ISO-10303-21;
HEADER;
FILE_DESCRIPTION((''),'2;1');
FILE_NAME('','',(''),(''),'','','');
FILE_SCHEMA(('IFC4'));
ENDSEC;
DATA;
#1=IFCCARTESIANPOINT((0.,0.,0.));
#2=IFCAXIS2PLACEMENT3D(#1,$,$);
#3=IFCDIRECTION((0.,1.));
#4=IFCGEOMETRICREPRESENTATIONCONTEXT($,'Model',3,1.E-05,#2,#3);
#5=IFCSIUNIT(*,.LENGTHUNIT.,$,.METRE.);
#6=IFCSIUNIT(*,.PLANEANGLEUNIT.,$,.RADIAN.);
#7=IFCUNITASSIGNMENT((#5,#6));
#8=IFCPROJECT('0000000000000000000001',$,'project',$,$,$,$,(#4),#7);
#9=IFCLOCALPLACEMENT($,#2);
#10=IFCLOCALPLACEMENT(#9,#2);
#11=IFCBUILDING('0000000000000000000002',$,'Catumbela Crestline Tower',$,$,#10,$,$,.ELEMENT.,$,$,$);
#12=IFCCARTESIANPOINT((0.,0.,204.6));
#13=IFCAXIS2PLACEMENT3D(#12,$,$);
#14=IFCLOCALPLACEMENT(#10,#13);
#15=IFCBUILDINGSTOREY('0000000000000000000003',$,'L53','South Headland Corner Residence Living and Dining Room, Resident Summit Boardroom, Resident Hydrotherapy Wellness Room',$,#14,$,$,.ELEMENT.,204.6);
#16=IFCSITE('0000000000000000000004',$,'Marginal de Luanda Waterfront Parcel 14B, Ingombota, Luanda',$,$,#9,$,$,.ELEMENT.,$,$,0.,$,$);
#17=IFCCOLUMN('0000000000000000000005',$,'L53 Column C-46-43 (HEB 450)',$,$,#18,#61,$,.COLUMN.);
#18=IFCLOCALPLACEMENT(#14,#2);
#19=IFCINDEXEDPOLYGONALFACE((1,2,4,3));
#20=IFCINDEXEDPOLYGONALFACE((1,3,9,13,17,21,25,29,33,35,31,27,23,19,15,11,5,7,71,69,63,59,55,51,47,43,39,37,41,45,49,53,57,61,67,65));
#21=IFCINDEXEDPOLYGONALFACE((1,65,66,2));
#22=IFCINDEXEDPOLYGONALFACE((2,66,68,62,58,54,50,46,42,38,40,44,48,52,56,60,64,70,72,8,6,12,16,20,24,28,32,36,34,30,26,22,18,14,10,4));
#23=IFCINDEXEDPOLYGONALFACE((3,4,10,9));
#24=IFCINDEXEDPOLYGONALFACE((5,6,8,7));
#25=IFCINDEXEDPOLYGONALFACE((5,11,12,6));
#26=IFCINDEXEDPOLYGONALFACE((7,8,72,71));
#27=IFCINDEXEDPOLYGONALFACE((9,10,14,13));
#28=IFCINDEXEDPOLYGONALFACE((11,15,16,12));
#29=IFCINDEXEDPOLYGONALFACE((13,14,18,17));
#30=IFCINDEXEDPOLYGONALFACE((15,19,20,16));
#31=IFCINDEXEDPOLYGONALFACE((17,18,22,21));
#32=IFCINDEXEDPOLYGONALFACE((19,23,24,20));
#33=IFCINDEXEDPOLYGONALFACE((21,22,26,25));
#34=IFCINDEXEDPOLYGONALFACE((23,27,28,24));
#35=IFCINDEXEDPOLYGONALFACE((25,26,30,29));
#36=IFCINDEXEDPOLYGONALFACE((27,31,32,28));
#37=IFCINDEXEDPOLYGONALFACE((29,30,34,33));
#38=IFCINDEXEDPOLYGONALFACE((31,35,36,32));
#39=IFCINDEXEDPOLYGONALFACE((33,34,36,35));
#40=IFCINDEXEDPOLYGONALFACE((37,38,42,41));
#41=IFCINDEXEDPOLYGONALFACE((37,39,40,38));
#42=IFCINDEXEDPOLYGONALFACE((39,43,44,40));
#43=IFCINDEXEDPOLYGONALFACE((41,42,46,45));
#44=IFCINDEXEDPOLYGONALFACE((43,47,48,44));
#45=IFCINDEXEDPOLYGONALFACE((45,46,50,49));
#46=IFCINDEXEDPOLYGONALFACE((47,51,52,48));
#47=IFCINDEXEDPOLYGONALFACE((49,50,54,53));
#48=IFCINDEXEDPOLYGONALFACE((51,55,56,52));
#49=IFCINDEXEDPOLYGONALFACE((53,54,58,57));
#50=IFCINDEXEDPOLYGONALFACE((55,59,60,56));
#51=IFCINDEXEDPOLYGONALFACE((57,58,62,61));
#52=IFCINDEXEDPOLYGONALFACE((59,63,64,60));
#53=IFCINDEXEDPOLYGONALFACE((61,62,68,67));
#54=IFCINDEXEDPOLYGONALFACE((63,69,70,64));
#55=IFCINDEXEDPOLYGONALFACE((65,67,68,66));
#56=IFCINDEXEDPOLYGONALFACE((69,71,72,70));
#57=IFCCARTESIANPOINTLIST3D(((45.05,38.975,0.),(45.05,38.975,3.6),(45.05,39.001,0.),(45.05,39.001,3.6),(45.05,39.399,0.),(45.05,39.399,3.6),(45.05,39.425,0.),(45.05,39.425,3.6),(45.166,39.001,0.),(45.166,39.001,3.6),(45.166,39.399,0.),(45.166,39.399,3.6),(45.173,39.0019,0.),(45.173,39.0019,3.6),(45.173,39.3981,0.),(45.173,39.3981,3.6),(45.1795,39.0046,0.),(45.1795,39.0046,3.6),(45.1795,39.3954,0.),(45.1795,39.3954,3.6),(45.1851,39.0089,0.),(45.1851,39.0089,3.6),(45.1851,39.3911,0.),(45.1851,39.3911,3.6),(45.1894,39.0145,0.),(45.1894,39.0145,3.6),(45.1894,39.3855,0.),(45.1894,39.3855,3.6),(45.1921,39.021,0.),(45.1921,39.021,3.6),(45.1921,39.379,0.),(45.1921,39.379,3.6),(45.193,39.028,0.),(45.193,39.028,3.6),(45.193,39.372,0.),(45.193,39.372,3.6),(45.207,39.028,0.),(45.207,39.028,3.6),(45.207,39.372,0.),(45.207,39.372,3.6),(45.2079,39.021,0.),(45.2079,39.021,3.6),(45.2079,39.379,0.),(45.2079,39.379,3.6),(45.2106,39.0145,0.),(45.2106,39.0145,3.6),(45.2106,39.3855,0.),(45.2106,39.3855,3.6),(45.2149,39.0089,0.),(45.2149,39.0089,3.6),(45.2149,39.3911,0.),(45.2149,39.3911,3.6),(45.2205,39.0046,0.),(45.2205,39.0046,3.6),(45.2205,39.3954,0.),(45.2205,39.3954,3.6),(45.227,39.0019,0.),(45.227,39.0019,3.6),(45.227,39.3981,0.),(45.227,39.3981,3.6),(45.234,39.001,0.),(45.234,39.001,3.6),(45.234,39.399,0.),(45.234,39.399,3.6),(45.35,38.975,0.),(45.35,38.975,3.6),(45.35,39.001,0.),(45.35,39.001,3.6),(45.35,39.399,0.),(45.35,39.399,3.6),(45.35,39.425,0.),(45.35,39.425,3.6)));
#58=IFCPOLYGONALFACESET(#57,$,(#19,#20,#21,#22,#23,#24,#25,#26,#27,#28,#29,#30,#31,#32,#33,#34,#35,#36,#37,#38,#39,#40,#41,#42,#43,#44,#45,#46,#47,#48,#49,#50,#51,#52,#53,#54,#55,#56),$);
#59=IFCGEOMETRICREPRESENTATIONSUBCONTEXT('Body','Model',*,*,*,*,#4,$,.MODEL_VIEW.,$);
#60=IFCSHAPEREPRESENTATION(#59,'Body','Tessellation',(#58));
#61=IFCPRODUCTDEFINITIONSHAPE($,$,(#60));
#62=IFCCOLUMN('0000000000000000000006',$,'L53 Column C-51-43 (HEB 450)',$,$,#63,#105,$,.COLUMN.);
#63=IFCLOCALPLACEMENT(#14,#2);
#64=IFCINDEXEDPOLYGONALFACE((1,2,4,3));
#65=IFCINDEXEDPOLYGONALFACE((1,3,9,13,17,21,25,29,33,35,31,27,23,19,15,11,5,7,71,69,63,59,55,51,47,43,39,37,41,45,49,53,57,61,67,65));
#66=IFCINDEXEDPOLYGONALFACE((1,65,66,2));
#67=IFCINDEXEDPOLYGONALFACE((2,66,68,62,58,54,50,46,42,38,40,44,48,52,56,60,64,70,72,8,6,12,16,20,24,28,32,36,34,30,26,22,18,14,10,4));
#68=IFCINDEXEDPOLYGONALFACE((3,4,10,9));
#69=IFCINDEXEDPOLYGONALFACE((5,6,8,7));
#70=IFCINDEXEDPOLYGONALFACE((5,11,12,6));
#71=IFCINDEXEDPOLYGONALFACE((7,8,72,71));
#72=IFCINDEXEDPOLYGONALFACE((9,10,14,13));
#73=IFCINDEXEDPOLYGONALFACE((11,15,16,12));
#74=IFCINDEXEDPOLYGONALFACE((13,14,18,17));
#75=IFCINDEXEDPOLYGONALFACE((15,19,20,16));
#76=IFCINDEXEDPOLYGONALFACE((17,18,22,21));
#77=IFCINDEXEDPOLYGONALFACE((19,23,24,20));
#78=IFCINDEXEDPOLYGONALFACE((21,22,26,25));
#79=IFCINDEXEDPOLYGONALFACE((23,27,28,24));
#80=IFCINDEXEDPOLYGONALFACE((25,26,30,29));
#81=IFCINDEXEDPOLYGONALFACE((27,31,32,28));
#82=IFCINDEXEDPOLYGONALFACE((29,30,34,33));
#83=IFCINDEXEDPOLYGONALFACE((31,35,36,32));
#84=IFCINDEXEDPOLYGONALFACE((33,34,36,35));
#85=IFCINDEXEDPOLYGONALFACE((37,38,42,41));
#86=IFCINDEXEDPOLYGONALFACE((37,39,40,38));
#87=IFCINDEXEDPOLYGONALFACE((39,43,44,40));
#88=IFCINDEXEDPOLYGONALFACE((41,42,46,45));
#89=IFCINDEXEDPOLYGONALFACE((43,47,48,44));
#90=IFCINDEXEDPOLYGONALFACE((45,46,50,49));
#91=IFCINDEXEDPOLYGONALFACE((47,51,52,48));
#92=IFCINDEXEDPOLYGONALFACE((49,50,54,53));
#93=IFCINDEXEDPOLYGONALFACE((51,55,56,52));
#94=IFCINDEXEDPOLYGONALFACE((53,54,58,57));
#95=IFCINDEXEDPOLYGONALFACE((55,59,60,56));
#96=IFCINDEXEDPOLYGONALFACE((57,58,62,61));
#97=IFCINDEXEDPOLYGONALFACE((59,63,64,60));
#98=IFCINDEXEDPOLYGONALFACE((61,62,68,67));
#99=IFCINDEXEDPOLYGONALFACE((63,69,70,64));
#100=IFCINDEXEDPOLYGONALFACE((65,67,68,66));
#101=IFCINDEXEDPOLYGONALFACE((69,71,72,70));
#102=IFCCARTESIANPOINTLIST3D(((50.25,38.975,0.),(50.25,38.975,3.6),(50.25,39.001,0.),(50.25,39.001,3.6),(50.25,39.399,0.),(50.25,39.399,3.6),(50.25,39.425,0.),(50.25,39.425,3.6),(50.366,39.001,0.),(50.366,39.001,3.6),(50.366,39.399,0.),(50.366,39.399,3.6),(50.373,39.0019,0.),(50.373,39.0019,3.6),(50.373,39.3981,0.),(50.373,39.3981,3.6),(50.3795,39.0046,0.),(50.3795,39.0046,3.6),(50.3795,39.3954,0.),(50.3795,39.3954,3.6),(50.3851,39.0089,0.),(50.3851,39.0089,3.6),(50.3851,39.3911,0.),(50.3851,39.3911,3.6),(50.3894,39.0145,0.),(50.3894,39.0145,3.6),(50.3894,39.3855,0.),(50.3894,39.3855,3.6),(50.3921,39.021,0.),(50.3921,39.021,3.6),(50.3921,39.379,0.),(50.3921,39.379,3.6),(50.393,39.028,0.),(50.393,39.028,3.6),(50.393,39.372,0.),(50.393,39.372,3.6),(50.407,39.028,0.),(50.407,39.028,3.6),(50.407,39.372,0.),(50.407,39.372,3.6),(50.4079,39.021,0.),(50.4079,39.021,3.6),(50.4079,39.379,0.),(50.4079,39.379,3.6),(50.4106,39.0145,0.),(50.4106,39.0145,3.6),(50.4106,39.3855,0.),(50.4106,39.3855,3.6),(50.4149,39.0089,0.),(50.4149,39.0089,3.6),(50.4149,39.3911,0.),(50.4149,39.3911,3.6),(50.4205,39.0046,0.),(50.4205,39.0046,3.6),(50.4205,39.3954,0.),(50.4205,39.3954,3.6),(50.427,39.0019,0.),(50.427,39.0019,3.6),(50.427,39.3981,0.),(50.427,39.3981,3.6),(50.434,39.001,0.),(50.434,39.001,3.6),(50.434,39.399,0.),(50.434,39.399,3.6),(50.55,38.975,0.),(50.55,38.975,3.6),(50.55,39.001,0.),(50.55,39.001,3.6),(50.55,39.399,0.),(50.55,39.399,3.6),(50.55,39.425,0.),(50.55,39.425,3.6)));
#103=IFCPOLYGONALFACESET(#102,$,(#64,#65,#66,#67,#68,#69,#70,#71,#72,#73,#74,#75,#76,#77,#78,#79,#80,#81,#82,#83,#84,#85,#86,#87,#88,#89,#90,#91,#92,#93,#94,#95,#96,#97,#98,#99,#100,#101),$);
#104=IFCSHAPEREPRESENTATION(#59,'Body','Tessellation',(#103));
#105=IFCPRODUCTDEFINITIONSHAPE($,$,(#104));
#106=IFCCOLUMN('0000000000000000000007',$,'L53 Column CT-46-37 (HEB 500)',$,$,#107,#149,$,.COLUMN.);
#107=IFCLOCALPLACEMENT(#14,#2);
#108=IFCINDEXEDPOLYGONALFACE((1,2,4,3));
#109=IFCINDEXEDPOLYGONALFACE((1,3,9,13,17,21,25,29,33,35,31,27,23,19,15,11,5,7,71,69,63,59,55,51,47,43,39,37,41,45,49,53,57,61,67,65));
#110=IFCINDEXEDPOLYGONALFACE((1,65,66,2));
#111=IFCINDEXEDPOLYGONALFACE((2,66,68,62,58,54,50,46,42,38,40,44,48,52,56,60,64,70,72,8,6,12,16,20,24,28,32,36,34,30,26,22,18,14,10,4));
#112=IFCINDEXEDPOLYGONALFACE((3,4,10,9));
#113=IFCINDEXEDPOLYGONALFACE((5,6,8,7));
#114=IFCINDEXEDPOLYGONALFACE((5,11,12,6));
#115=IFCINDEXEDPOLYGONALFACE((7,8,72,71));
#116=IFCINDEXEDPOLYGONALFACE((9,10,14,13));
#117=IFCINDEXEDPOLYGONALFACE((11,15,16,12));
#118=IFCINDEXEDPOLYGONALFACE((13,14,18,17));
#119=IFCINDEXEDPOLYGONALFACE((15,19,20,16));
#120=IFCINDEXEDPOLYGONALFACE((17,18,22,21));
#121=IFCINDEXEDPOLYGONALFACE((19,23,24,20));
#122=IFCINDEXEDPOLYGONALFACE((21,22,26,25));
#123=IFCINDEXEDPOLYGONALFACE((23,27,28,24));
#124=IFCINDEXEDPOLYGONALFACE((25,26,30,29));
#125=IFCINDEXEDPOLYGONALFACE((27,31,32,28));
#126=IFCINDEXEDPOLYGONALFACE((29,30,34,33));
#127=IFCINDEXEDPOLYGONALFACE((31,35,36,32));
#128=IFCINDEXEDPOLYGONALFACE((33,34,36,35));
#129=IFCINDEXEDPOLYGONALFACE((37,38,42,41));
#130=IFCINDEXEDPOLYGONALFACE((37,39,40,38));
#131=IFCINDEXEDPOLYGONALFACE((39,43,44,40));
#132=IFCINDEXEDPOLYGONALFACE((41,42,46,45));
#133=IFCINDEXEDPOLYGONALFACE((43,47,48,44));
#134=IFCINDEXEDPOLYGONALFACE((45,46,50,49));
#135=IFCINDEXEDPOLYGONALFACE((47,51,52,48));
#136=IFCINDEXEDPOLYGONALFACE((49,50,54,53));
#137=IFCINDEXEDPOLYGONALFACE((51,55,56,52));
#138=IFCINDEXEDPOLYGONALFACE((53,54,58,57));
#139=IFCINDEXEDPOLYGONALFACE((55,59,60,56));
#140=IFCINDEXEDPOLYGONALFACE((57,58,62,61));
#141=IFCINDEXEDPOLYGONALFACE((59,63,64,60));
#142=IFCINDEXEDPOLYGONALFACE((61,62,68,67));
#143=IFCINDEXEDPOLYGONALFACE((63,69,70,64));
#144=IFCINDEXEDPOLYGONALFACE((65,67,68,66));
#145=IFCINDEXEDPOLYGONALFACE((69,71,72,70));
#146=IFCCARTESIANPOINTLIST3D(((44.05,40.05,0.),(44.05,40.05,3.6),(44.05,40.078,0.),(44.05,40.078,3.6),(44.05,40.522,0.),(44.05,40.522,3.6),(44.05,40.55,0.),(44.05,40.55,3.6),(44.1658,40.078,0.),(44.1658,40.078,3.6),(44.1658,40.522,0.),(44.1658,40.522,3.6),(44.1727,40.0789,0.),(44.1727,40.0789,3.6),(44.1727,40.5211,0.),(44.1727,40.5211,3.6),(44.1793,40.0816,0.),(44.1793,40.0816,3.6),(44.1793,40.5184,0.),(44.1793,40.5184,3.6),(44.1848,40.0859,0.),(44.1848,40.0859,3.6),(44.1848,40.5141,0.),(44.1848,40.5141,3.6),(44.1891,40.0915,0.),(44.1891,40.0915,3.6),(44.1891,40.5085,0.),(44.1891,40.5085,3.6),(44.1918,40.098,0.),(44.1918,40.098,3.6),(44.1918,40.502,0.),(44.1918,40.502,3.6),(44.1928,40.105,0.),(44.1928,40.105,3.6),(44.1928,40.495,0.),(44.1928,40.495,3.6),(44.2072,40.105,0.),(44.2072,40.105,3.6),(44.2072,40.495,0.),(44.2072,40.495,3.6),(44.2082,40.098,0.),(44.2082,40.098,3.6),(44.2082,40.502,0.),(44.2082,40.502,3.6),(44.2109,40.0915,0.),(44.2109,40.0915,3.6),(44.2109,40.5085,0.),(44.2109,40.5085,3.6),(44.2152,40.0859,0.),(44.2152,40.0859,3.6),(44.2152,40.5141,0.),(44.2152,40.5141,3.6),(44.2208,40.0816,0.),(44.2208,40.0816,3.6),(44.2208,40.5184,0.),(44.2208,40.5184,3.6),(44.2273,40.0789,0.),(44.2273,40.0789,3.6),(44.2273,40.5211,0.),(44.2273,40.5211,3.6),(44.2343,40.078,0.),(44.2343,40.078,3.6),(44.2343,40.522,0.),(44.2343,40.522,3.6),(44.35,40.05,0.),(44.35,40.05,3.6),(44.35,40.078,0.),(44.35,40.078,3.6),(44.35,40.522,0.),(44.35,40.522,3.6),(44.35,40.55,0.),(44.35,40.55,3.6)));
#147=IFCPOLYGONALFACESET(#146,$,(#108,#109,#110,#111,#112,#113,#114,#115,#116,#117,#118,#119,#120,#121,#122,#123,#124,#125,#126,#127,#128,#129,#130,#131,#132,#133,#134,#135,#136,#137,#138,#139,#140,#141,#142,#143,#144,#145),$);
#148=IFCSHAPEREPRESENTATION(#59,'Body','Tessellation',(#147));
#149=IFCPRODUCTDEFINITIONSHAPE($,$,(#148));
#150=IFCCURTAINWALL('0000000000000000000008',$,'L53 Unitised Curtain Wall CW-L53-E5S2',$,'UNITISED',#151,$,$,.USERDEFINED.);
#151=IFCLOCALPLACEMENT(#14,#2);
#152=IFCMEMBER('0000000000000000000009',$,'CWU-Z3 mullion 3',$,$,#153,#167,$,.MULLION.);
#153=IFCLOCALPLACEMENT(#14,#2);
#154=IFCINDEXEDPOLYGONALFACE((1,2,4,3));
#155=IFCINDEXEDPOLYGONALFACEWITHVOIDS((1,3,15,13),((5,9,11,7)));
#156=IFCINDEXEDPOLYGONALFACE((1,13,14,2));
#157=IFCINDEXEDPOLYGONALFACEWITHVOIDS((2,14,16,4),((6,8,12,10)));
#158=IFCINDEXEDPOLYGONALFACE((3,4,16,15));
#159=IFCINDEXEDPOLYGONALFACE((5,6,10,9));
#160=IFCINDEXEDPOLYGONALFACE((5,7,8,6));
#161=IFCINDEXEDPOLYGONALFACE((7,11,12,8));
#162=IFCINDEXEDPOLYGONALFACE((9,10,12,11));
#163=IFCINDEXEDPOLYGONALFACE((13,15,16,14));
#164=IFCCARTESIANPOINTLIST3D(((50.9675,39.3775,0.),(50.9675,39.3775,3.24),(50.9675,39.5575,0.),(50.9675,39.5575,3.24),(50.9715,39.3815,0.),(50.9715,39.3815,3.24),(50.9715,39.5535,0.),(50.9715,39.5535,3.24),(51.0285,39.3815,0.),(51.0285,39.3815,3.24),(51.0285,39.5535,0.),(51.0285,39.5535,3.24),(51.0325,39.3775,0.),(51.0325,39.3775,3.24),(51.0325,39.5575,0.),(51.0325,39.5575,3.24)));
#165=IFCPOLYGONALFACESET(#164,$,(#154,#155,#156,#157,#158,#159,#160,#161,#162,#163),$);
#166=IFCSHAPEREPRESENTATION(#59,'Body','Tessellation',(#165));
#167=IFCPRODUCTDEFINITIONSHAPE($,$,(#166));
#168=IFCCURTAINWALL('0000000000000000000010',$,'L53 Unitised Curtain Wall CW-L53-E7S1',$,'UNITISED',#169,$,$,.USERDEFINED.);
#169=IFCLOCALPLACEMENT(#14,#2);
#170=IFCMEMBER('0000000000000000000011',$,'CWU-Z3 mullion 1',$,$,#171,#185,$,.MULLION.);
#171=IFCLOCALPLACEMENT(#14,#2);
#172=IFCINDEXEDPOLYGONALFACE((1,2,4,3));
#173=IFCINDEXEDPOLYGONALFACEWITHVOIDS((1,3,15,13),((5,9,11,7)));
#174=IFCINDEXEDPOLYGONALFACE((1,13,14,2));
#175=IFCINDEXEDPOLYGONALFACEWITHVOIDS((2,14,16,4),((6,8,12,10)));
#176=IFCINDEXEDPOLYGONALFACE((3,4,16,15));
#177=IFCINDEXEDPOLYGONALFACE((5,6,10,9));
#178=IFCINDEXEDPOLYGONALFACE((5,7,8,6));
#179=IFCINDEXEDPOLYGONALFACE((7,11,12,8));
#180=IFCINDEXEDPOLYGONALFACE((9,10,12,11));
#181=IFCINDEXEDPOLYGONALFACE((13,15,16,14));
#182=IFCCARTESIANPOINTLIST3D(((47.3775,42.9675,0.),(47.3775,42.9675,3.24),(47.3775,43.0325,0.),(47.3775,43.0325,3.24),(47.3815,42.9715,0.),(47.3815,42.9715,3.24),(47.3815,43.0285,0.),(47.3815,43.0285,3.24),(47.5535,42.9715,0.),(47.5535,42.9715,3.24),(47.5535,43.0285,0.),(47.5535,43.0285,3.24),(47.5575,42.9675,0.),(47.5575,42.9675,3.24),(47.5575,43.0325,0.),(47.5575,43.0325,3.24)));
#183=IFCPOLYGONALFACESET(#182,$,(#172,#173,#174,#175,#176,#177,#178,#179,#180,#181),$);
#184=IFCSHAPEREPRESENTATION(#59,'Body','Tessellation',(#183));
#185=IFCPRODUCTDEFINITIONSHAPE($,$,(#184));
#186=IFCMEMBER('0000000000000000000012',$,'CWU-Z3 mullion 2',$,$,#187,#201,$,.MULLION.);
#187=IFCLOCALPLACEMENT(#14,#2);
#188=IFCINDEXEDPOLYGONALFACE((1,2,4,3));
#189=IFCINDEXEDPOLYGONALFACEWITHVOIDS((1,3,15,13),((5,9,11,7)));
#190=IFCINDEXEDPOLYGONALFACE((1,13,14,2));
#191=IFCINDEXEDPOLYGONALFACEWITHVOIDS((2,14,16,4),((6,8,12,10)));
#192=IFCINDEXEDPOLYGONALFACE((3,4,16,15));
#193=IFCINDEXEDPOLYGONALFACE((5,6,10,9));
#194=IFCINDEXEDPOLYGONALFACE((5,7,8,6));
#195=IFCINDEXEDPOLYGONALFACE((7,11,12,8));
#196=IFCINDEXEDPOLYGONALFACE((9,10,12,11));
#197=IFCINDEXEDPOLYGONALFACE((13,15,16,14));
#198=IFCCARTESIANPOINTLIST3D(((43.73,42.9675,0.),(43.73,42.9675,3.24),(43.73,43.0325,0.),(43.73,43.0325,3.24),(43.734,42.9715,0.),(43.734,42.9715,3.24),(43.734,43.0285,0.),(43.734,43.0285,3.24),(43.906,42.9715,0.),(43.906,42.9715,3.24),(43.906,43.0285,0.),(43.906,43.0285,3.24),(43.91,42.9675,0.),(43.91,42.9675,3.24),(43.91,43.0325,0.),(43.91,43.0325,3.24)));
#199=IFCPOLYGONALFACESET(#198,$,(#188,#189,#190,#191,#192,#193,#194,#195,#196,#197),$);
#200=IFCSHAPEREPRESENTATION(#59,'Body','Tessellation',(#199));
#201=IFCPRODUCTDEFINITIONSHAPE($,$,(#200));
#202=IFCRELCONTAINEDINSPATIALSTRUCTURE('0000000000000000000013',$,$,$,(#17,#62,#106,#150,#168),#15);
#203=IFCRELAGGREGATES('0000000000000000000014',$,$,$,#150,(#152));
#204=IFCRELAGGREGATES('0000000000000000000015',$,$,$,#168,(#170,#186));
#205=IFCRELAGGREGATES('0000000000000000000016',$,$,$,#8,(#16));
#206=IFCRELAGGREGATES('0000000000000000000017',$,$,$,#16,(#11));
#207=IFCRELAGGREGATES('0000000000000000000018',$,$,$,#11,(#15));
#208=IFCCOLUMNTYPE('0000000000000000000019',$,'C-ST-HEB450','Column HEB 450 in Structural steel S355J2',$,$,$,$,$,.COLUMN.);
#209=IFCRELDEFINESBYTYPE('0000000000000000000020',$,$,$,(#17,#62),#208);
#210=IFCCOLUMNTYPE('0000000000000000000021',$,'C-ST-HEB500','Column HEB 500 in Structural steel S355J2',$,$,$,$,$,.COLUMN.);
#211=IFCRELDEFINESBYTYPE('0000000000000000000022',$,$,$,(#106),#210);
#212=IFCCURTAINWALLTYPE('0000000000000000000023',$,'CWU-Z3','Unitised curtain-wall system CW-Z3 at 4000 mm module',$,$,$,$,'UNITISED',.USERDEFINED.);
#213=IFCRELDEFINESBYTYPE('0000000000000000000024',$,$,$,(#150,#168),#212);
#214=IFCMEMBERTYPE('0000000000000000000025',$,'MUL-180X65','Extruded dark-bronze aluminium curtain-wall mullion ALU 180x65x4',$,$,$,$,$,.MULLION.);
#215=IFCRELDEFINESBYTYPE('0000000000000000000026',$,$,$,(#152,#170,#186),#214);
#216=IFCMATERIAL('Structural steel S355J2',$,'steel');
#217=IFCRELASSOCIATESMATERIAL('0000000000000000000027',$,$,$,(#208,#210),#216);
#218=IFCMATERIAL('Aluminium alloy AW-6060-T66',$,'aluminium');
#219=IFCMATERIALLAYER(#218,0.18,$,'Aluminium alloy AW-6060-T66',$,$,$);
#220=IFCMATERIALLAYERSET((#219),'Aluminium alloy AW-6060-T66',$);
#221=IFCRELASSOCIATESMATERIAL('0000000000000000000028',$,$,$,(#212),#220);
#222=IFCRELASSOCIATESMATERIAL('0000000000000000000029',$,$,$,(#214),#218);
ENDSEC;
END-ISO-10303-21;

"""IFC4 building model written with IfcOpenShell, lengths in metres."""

from ifc_helpers import new_model, si_unit, direction, frame, origin, origin_2d, place, context, subcontext, project, spatial, hollow_rectangle, i_section, extrude, material, layer, layer_set, material_profile, profile_set, type_object, element, aggregate, save


model = new_model("IFC4")

# Units and contexts
model_context = context("Model", 3, precision=1e-05, world=origin(), true_north=direction((0.0, 1.0)))
body_context = subcontext(model_context, "Body", "Model", "MODEL_VIEW")
ifc_project = project(units=[si_unit("LENGTHUNIT", "METRE"), si_unit("PLANEANGLEUNIT", "RADIAN")], contexts=[model_context])

# Site, building, storey
site_placement = place(None, origin())
site = spatial("IfcSite", under=ifc_project, at=site_placement, Name="Marginal de Luanda Waterfront Parcel 14B, Ingombota, Luanda", CompositionType="ELEMENT", RefElevation=0.0)
building_placement = place(site_placement, origin())
building = spatial("IfcBuilding", under=site, at=building_placement, Name="Catumbela Crestline Tower", CompositionType="ELEMENT")
storey_placement = place(building_placement, frame((0.0, 0.0, 204.6)))
storey = spatial("IfcBuildingStorey", under=building, at=storey_placement, Name="L53", Description="South Headland Corner Residence Living and Dining Room, Resident Summit Boardroom, Resident Hydrotherapy Wellness Room", CompositionType="ELEMENT", Elevation=204.6)

# Columns
ifc_material_1 = material(Name="Structural steel S355J2", Category="steel")
ifc_material_profile_1 = material_profile(ifc_material_1, i_section(OverallWidth=0.3, OverallDepth=0.45, WebThickness=0.014, FlangeThickness=0.026, FilletRadius=0.027, at=origin_2d()), Name="HEB 450")
ifc_profile_set_1 = profile_set([ifc_material_profile_1], Name="Structural steel S355J2")
column_type_1 = type_object("IfcColumnType", Name="C-ST-HEB450", Description="Column HEB 450 in Structural steel S355J2", PredefinedType="COLUMN", material=ifc_profile_set_1)
for number, where, z_axis, x_axis, name in (
    (1, (45.2, 39.2, 0.0), (0.0, 0.0, 1.0), (1.0, 0.0, 0.0), "L53 Column C-46-43 (HEB 450)"),
    (2, (50.4, 39.2, 0.0), (0.0, 0.0, 1.0), (1.0, 0.0, 0.0), "L53 Column C-51-43 (HEB 450)"),
):
    element("IfcColumn", number, at=place(storey_placement, frame(where, z_axis=z_axis, x_axis=x_axis)), inside=storey, type_object=column_type_1, Name=name, PredefinedType="COLUMN", context=body_context, shape_type="SweptSolid", body=[
        extrude(i_section(OverallWidth=0.3, OverallDepth=0.45, WebThickness=0.014, FlangeThickness=0.026, FilletRadius=0.027, at=origin_2d()), origin(), (0.0, 0.0, 1.0), 3.6),
    ])
ifc_material_profile_2 = material_profile(ifc_material_1, i_section(OverallWidth=0.3, OverallDepth=0.5, WebThickness=0.0145, FlangeThickness=0.028, FilletRadius=0.027, at=origin_2d()), Name="HEB 500")
ifc_profile_set_2 = profile_set([ifc_material_profile_2], Name="Structural steel S355J2")
column_type_2 = type_object("IfcColumnType", Name="C-ST-HEB500", Description="Column HEB 500 in Structural steel S355J2", PredefinedType="COLUMN", material=ifc_profile_set_2)
column_placement = place(storey_placement, frame((44.2, 40.3, 0.0), z_axis=(0.0, 0.0, 1.0), x_axis=(1.0, 0.0, 0.0)))
element("IfcColumn", 3, at=column_placement, inside=storey, type_object=column_type_2, Name="L53 Column CT-46-37 (HEB 500)", PredefinedType="COLUMN", context=body_context, shape_type="SweptSolid", body=[
    extrude(i_section(OverallWidth=0.3, OverallDepth=0.5, WebThickness=0.0145, FlangeThickness=0.028, FilletRadius=0.027, at=origin_2d()), origin(), (0.0, 0.0, 1.0), 3.6),
])

# Curtain wall, member
ifc_material_2 = material(Name="Aluminium alloy AW-6060-T66", Category="aluminium")
ifc_layer_1 = layer(ifc_material_2, 0.18, Name="Aluminium alloy AW-6060-T66")
ifc_layer_set_1 = layer_set([ifc_layer_1], Name="Aluminium alloy AW-6060-T66")
curtain_wall_type = type_object("IfcCurtainWallType", Name="CWU-Z3", Description="Unitised curtain-wall system CW-Z3 at 4000 mm module", ElementType="UNITISED", PredefinedType="USERDEFINED", material=ifc_layer_set_1)
curtain_wall_1_placement = place(storey_placement, origin())
curtain_wall_1 = element("IfcCurtainWall", 4, at=curtain_wall_1_placement, inside=storey, type_object=curtain_wall_type, Name="L53 Unitised Curtain Wall CW-L53-E5S2", ObjectType="UNITISED", PredefinedType="USERDEFINED")
ifc_material_profile_3 = material_profile(ifc_material_2, hollow_rectangle(XDim=0.065, YDim=0.18, WallThickness=0.004, at=origin_2d()), Name="ALU 180x65x4")
ifc_profile_set_3 = profile_set([ifc_material_profile_3], Name="Aluminium alloy AW-6060-T66")
member_type_1 = type_object("IfcMemberType", Name="MUL-180X65", Description="Extruded dark-bronze aluminium curtain-wall mullion ALU 180x65x4", PredefinedType="MULLION", material=ifc_profile_set_3)
member_1_placement = place(storey_placement, frame((51.0, 39.4675, 0.0), z_axis=(0.0, 0.0, 1.0), x_axis=(-1.0, 0.0, 0.0)))
member_1 = element("IfcMember", 5, at=member_1_placement, type_object=member_type_1, Name="CWU-Z3 mullion 3", PredefinedType="MULLION", context=body_context, shape_type="SweptSolid", body=[
    extrude(hollow_rectangle(XDim=0.065, YDim=0.18, WallThickness=0.004, at=origin_2d()), origin(), (0.0, 0.0, 1.0), 3.24),
])

# Curtain wall, members
curtain_wall_2_placement = place(storey_placement, origin())
curtain_wall_2 = element("IfcCurtainWall", 6, at=curtain_wall_2_placement, inside=storey, type_object=curtain_wall_type, Name="L53 Unitised Curtain Wall CW-L53-E7S1", ObjectType="UNITISED", PredefinedType="USERDEFINED")
member_2_placement = place(storey_placement, frame((47.4675, 43.0, 0.0), z_axis=(0.0, 0.0, 1.0), x_axis=(0.0, -1.0, 0.0)))
member_2 = element("IfcMember", 7, at=member_2_placement, type_object=member_type_1, Name="CWU-Z3 mullion 1", PredefinedType="MULLION", context=body_context, shape_type="SweptSolid", body=[
    extrude(hollow_rectangle(XDim=0.065, YDim=0.18, WallThickness=0.004, at=origin_2d()), origin(), (0.0, 0.0, 1.0), 3.24),
])
member_3_placement = place(storey_placement, frame((43.82, 43.0, 0.0), z_axis=(0.0, 0.0, 1.0), x_axis=(0.0, -1.0, 0.0)))
member_3 = element("IfcMember", 8, at=member_3_placement, type_object=member_type_1, Name="CWU-Z3 mullion 2", PredefinedType="MULLION", context=body_context, shape_type="SweptSolid", body=[
    extrude(hollow_rectangle(XDim=0.065, YDim=0.18, WallThickness=0.004, at=origin_2d()), origin(), (0.0, 0.0, 1.0), 3.24),
])

aggregate(curtain_wall_1, [member_1])
aggregate(curtain_wall_2, [member_2, member_3])

save(model, "model.ifc")
